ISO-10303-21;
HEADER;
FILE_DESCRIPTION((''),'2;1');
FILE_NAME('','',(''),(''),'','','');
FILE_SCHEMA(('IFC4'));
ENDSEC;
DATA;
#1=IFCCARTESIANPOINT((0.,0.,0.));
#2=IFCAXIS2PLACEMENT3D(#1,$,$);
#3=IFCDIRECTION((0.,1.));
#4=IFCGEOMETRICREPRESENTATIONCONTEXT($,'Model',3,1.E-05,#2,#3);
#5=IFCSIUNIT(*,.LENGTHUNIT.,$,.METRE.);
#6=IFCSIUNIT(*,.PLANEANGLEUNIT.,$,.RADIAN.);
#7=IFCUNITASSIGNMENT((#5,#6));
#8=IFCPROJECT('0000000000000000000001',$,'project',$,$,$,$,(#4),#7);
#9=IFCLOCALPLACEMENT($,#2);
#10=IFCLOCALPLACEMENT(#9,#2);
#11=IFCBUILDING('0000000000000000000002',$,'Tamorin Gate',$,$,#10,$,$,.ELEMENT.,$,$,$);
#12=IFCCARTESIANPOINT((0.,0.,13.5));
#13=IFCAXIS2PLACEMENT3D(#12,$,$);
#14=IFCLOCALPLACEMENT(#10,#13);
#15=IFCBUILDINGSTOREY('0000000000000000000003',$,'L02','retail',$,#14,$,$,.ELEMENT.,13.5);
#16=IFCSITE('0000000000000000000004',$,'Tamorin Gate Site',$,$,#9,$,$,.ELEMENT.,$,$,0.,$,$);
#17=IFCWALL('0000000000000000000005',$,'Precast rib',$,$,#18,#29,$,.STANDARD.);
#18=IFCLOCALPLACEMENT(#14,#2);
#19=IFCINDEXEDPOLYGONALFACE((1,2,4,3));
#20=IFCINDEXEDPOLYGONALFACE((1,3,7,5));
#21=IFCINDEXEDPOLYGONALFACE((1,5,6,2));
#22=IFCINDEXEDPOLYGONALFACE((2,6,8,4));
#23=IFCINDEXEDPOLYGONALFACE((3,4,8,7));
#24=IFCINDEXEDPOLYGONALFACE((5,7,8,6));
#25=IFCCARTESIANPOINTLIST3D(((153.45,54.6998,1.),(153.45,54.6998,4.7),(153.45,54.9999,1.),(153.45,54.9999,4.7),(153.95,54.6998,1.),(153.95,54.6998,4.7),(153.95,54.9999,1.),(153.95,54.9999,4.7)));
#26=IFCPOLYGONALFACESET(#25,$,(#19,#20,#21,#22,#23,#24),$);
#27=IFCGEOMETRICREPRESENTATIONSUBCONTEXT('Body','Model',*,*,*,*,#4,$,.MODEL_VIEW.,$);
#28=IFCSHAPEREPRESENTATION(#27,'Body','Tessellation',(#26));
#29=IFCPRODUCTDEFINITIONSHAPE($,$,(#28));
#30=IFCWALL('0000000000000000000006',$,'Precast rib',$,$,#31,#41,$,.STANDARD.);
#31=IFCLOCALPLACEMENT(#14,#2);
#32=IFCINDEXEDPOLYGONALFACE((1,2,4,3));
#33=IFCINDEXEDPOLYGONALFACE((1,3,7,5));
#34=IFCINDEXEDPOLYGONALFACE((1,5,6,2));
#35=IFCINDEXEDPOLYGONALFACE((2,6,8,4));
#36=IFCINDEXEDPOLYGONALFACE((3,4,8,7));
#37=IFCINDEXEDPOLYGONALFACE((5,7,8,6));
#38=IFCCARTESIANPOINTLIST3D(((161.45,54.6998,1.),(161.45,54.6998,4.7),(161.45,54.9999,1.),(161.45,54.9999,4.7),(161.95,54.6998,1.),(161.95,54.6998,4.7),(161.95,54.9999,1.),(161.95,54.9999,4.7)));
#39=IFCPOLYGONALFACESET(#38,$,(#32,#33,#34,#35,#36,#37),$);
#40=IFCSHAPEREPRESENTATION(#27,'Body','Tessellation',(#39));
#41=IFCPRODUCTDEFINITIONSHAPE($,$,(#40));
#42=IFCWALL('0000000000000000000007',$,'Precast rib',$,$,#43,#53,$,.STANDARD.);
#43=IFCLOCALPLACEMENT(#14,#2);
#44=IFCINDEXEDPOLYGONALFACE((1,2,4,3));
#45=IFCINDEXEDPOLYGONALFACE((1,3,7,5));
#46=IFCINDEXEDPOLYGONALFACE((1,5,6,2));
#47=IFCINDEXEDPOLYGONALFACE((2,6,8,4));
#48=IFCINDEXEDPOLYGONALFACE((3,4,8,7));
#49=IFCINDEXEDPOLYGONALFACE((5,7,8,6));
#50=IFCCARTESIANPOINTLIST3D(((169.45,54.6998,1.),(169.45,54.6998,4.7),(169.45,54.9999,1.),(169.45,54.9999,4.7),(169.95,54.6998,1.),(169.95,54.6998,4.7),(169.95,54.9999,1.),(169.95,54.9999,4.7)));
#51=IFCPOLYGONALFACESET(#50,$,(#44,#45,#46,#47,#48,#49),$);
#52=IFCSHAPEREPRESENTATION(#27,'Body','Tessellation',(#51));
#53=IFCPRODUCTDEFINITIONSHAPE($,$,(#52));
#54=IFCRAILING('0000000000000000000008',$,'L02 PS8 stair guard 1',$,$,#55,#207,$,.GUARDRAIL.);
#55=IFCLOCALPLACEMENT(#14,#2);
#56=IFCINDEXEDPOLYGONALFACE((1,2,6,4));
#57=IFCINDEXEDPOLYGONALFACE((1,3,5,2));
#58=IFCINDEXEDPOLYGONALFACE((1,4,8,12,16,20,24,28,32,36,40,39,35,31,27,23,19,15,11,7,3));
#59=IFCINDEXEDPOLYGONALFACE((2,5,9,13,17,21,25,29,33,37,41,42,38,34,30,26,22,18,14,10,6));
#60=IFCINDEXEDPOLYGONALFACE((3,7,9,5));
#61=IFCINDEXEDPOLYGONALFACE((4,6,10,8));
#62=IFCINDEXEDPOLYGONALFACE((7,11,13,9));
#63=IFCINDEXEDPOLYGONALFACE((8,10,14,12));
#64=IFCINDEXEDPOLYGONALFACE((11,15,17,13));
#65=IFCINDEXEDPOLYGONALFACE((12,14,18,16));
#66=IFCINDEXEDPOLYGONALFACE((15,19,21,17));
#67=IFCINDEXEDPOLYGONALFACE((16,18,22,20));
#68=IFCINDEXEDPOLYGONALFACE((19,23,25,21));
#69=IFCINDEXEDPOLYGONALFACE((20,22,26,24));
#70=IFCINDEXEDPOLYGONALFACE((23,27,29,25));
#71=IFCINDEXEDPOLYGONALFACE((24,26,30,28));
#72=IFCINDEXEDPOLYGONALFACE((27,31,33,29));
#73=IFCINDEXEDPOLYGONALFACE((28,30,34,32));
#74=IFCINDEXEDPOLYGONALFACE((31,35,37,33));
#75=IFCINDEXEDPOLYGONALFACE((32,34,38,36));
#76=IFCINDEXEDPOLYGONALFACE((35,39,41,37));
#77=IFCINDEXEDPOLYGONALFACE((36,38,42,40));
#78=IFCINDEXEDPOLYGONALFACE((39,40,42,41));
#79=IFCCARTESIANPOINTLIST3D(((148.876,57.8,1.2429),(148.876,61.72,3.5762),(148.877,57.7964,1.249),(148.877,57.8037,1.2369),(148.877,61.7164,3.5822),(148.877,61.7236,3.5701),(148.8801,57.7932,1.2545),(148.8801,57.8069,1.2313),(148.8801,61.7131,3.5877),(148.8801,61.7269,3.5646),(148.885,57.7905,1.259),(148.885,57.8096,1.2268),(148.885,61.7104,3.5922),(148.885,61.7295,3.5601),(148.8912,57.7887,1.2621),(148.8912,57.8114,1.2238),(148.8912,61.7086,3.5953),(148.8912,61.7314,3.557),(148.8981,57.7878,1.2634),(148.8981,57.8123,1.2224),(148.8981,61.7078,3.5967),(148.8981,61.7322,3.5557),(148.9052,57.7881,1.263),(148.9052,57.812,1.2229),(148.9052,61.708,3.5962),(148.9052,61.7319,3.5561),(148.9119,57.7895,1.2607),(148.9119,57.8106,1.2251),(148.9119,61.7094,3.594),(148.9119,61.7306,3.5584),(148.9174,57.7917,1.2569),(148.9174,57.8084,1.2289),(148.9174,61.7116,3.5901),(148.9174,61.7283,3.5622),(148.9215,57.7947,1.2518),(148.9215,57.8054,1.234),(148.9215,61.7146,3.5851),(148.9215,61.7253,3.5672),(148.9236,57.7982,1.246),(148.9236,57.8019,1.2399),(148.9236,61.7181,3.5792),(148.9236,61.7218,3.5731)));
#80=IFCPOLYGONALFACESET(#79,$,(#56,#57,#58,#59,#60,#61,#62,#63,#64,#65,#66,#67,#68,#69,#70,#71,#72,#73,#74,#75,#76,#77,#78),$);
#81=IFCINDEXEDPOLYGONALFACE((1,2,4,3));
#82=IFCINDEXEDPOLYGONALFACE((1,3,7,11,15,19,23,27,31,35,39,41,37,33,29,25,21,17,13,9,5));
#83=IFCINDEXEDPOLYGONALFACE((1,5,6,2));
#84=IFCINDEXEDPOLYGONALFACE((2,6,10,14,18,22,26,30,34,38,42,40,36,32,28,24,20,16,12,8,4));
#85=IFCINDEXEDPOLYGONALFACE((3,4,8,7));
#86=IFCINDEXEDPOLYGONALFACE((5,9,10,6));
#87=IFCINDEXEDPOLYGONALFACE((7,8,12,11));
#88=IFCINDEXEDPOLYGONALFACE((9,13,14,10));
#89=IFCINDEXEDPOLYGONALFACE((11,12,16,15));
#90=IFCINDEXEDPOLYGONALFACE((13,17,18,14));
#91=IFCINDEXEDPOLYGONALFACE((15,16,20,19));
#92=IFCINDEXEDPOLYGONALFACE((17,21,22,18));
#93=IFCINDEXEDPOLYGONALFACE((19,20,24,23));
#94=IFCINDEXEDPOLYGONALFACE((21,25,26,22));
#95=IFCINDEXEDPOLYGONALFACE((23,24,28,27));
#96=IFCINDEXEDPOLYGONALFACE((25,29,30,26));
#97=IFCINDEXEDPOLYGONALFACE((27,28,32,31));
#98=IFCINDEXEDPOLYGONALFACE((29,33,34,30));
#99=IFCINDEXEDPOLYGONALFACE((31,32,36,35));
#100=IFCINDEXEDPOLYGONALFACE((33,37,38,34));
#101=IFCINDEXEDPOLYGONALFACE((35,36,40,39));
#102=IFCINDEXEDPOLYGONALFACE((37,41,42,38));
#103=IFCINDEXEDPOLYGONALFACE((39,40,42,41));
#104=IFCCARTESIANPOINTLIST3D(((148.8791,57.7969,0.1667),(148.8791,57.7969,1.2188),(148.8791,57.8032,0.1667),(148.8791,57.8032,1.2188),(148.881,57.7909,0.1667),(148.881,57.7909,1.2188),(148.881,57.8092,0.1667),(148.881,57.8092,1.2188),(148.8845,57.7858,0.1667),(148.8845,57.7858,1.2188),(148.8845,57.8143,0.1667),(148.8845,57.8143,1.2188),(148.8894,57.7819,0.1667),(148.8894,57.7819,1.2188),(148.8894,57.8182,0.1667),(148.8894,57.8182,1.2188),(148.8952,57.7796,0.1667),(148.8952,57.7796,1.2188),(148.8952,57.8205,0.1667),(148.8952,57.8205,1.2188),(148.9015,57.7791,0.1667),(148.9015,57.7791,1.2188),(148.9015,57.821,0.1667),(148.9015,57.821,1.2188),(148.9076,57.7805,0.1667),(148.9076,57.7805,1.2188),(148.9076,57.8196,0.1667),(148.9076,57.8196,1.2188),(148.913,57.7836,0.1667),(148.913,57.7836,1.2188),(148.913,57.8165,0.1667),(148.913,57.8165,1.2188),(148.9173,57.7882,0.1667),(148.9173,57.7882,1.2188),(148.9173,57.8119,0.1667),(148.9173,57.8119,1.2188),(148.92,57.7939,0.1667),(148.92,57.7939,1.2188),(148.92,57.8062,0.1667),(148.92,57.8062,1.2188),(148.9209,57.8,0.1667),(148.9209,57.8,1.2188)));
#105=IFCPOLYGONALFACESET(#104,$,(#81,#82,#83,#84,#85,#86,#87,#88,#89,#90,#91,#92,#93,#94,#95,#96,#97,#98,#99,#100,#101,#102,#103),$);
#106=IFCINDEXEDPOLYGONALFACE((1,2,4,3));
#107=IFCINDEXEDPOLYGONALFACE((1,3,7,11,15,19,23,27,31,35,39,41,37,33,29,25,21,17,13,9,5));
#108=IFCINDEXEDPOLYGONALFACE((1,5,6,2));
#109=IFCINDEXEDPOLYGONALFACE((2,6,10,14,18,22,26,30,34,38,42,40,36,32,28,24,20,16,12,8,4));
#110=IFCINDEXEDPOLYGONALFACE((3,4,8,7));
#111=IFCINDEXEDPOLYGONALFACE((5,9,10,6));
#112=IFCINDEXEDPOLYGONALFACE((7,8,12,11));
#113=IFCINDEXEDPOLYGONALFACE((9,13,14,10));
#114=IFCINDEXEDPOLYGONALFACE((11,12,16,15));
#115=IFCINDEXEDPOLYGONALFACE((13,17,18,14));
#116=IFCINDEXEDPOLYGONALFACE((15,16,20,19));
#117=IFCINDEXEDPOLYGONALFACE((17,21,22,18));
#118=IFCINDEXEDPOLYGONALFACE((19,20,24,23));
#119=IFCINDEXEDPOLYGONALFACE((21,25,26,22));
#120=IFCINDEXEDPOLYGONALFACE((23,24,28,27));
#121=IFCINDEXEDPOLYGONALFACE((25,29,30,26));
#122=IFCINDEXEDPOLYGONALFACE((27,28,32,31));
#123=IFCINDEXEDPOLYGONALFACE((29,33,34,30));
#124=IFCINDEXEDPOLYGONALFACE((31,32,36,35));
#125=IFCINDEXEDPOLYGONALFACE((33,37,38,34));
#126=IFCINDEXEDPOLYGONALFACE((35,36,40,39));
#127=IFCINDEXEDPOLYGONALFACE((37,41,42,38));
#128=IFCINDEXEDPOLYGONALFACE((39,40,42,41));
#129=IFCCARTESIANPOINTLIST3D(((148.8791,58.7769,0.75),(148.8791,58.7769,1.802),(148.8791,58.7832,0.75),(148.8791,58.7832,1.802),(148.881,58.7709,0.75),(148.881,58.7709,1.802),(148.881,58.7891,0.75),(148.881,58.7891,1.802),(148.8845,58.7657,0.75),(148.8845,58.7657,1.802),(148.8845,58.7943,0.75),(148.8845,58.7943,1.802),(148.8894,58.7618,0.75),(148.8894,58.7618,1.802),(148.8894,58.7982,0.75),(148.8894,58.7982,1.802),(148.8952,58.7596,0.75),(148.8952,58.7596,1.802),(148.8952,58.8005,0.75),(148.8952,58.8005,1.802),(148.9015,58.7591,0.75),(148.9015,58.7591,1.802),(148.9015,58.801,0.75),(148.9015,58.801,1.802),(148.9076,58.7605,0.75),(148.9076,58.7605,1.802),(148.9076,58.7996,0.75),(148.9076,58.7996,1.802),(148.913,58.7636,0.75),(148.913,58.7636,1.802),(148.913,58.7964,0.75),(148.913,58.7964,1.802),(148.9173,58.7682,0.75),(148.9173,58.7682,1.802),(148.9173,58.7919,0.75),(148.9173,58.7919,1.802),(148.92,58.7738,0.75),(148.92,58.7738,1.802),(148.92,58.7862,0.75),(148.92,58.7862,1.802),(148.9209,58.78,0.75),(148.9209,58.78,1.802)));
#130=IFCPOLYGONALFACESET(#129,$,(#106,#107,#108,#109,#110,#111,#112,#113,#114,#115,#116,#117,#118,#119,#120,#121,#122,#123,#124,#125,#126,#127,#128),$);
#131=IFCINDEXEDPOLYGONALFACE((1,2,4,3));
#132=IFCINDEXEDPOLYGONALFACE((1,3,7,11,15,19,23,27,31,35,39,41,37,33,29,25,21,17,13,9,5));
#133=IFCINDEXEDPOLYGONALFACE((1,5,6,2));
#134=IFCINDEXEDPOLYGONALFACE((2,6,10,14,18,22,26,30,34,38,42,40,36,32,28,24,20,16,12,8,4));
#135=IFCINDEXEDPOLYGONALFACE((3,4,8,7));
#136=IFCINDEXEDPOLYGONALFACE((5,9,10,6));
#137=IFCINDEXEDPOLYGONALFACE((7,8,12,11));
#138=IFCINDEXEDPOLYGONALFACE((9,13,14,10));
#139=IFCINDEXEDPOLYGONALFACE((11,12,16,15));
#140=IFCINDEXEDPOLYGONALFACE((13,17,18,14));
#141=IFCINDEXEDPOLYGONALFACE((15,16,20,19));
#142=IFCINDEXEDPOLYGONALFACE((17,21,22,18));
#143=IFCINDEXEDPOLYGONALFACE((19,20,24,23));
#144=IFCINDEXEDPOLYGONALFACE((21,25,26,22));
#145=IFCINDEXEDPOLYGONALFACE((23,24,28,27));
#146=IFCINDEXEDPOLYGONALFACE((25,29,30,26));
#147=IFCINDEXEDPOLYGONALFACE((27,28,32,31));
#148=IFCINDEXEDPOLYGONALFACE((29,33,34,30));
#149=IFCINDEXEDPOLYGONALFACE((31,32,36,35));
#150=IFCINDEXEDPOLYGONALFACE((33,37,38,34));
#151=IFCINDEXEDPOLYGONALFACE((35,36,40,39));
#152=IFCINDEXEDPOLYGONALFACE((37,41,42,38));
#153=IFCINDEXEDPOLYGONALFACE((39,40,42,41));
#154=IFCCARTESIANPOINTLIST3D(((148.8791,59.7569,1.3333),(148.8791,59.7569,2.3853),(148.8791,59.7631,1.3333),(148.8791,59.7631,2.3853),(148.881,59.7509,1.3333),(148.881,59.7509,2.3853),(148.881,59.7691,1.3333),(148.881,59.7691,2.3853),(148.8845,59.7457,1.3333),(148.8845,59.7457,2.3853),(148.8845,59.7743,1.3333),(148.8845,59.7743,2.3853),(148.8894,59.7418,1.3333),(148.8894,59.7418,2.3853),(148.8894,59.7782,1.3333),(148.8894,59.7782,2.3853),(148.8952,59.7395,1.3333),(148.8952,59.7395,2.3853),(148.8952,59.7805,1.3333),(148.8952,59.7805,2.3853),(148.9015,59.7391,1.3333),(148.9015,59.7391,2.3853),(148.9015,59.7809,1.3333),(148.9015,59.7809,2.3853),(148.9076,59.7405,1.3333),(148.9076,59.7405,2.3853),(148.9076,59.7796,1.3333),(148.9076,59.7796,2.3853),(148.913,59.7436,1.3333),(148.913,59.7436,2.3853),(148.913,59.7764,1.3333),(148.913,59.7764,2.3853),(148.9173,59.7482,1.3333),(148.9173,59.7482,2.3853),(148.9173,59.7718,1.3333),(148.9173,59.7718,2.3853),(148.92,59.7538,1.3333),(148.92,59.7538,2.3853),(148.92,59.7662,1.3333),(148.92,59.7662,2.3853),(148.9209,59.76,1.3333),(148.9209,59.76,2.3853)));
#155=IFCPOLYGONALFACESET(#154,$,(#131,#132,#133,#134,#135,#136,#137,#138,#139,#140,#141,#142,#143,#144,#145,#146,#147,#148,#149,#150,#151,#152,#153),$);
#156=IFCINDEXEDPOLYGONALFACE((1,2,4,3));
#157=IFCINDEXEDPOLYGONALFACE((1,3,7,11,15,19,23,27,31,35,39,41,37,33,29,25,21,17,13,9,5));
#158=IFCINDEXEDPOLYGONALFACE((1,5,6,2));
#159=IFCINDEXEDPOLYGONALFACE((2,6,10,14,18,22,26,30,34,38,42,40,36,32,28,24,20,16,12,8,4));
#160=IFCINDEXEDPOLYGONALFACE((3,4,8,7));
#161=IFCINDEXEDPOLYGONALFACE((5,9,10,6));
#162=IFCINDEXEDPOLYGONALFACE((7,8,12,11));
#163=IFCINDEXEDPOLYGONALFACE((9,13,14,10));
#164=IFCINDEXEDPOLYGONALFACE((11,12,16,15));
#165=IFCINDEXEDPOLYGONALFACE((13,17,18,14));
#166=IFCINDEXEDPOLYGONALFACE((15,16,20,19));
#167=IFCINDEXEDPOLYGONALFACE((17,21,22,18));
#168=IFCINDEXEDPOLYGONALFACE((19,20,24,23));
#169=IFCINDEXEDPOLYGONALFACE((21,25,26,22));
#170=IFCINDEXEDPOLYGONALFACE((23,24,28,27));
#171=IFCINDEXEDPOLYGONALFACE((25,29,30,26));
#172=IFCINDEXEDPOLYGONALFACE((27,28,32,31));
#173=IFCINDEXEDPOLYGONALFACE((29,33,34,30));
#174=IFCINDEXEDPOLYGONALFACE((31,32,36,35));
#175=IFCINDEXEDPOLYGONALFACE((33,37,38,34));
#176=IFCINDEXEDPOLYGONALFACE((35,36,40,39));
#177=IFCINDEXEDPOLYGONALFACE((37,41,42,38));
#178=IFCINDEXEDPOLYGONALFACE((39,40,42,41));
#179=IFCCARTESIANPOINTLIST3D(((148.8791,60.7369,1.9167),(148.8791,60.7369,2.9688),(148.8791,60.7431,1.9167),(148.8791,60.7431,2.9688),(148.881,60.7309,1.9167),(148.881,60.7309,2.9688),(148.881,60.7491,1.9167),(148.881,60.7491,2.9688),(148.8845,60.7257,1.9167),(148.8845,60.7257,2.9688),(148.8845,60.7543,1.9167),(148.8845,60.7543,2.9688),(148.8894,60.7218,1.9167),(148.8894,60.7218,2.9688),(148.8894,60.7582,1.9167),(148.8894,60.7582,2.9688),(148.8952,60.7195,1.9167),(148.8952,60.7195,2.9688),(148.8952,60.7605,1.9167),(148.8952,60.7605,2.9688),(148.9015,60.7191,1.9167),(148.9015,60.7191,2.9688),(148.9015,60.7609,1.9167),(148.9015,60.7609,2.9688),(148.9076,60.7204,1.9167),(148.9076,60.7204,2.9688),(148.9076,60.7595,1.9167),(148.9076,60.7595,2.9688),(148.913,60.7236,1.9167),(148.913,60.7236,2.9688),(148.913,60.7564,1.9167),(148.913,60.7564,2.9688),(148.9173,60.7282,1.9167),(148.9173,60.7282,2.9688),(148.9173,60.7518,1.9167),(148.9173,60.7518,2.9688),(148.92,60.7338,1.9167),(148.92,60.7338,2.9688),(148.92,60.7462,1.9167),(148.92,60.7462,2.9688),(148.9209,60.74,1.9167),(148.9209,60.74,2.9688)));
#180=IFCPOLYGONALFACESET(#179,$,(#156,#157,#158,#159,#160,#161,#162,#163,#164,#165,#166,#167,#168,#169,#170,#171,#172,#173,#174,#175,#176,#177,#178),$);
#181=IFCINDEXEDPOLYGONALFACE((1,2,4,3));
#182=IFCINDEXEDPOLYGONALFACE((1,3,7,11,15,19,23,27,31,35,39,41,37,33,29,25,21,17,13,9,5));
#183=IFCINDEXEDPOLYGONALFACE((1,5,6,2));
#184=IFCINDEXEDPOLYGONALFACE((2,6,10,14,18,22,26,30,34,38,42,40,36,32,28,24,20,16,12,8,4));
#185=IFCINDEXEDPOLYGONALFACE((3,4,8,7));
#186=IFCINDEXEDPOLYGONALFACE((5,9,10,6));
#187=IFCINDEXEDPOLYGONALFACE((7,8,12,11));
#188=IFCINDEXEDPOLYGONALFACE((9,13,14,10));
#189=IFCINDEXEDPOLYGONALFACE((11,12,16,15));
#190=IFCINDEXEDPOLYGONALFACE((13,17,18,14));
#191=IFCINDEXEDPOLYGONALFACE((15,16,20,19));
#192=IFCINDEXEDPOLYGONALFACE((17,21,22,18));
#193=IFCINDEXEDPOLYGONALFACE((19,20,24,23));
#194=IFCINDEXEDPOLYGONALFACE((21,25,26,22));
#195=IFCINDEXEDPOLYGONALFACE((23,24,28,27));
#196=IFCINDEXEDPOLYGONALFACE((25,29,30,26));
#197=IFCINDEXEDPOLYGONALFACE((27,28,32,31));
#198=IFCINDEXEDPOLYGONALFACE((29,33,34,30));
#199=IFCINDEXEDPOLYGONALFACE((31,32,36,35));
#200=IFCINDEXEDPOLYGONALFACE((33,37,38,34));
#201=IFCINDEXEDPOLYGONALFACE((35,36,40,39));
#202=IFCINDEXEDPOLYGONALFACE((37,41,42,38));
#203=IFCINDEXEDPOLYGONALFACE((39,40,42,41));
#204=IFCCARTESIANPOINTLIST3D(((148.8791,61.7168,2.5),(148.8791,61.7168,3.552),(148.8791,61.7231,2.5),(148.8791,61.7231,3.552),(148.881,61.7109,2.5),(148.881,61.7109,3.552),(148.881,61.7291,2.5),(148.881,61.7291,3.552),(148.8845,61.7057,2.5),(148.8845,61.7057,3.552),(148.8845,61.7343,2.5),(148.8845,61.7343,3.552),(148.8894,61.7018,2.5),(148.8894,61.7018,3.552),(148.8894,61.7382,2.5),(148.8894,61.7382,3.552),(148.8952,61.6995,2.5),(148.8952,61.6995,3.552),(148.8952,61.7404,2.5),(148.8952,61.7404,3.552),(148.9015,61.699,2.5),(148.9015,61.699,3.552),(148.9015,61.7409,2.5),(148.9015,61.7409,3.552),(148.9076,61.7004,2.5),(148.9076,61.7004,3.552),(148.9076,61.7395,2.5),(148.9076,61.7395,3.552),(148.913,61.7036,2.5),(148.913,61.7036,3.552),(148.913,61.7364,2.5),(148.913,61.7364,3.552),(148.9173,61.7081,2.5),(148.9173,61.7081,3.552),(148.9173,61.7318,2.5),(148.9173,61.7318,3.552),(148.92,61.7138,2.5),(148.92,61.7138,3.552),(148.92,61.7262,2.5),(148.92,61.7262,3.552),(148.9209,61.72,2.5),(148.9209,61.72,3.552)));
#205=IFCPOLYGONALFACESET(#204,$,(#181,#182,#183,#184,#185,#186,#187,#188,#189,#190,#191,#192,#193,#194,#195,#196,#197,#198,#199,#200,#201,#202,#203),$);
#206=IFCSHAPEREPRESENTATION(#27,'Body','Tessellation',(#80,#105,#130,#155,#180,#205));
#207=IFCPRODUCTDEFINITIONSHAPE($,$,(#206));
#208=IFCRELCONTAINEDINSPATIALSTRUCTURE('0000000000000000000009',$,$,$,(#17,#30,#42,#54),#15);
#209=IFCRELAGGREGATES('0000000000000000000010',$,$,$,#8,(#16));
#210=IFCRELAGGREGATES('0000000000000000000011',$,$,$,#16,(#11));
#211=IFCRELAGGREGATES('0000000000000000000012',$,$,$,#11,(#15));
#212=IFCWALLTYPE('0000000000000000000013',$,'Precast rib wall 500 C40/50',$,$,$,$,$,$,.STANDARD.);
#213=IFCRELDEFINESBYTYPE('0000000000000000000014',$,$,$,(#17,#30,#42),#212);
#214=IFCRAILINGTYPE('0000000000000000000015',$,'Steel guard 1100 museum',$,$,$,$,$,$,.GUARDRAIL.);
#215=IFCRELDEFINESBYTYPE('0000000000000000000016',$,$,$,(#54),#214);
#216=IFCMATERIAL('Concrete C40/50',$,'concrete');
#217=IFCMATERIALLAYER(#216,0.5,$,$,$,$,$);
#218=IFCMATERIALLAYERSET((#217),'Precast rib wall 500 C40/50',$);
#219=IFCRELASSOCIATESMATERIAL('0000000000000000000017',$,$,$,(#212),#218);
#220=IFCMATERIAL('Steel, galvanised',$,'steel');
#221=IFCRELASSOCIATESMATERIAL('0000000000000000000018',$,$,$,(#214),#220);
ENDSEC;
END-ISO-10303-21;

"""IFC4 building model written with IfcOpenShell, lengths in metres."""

from ifc_helpers import new_model, si_unit, direction, frame, frame_2d, origin, origin_2d, place, context, subcontext, project, spatial, rectangle, circle, extrude, material, layer, layer_set, type_object, element, save


model = new_model("IFC4")

# Units and contexts
model_context = context("Model", 3, precision=1e-05, world=origin(), true_north=direction((0.0, 1.0)))
body_context = subcontext(model_context, "Body", "Model", "MODEL_VIEW")
ifc_project = project(units=[si_unit("LENGTHUNIT", "METRE"), si_unit("PLANEANGLEUNIT", "RADIAN")], contexts=[model_context])

# Site, building, storey
site_placement = place(None, origin())
site = spatial("IfcSite", under=ifc_project, at=site_placement, Name="Tamorin Gate Site", CompositionType="ELEMENT", RefElevation=0.0)
building_placement = place(site_placement, origin())
building = spatial("IfcBuilding", under=site, at=building_placement, Name="Tamorin Gate", CompositionType="ELEMENT")
storey_placement = place(building_placement, frame((0.0, 0.0, 13.5)))
storey = spatial("IfcBuildingStorey", under=building, at=storey_placement, Name="L02", Description="retail", CompositionType="ELEMENT", Elevation=13.5)

# Shared definitions
ifc_material_1 = material(Name="Concrete C40/50", Category="concrete")

# Walls
ifc_layer_1 = layer(ifc_material_1, 0.5)
ifc_layer_set_1 = layer_set([ifc_layer_1], Name="Precast rib wall 500 C40/50")
wall_type_1 = type_object("IfcWallType", Name="Precast rib wall 500 C40/50", PredefinedType="STANDARD", material=ifc_layer_set_1)
for number, where, z_axis, x_axis, name in (
    (1, (153.7, 54.7, 1.0), (0.0, 0.0, 1.0), (0.0, 1.0, 0.0), "Precast rib"),
    (2, (161.7, 54.7, 1.0), (0.0, 0.0, 1.0), (0.0, 1.0, 0.0), "Precast rib"),
    (3, (169.7, 54.7, 1.0), (0.0, 0.0, 1.0), (0.0, 1.0, 0.0), "Precast rib"),
):
    element("IfcWall", number, at=place(storey_placement, frame(where, z_axis=z_axis, x_axis=x_axis)), inside=storey, type_object=wall_type_1, Name=name, PredefinedType="STANDARD", context=body_context, shape_type="SweptSolid", body=[
        extrude(rectangle(XDim=0.3, YDim=0.5, at=frame_2d((0.1499, 0.0))), origin(), (0.0, 0.0, 1.0), 3.7),
    ])

# Railing
ifc_material_2 = material(Name="Steel, galvanised", Category="steel")
railing_type_1 = type_object("IfcRailingType", Name="Steel guard 1100 museum", PredefinedType="GUARDRAIL", material=ifc_material_2)
railing_1_placement = place(storey_placement, frame((148.8999, 57.8, 0.1667)))
element("IfcRailing", 4, at=railing_1_placement, inside=storey, type_object=railing_type_1, Name="L02 PS8 stair guard 1", PredefinedType="GUARDRAIL", context=body_context, shape_type="SweptSolid", body=[
    extrude(circle(Radius=0.0239, at=origin_2d()), frame((0.0, 0.0, 1.0762), z_axis=(0.0, 0.859296, 0.511478), x_axis=(-1.0, 0.0, 0.0)), (0.0, 0.0, 1.0), 4.5618),
    extrude(circle(Radius=0.021, at=origin_2d()), origin(), (0.0, 0.0, 1.0), 1.052),
    extrude(circle(Radius=0.021, at=origin_2d()), frame((0.0, 0.98, 0.5833)), (0.0, 0.0, 1.0), 1.052),
    extrude(circle(Radius=0.021, at=origin_2d()), frame((0.0, 1.96, 1.1665)), (0.0, 0.0, 1.0), 1.052),
    extrude(circle(Radius=0.021, at=origin_2d()), frame((0.0, 2.9399, 1.75)), (0.0, 0.0, 1.0), 1.052),
    extrude(circle(Radius=0.021, at=origin_2d()), frame((0.0, 3.9199, 2.3333)), (0.0, 0.0, 1.0), 1.052),
])

save(model, "model.ifc")
